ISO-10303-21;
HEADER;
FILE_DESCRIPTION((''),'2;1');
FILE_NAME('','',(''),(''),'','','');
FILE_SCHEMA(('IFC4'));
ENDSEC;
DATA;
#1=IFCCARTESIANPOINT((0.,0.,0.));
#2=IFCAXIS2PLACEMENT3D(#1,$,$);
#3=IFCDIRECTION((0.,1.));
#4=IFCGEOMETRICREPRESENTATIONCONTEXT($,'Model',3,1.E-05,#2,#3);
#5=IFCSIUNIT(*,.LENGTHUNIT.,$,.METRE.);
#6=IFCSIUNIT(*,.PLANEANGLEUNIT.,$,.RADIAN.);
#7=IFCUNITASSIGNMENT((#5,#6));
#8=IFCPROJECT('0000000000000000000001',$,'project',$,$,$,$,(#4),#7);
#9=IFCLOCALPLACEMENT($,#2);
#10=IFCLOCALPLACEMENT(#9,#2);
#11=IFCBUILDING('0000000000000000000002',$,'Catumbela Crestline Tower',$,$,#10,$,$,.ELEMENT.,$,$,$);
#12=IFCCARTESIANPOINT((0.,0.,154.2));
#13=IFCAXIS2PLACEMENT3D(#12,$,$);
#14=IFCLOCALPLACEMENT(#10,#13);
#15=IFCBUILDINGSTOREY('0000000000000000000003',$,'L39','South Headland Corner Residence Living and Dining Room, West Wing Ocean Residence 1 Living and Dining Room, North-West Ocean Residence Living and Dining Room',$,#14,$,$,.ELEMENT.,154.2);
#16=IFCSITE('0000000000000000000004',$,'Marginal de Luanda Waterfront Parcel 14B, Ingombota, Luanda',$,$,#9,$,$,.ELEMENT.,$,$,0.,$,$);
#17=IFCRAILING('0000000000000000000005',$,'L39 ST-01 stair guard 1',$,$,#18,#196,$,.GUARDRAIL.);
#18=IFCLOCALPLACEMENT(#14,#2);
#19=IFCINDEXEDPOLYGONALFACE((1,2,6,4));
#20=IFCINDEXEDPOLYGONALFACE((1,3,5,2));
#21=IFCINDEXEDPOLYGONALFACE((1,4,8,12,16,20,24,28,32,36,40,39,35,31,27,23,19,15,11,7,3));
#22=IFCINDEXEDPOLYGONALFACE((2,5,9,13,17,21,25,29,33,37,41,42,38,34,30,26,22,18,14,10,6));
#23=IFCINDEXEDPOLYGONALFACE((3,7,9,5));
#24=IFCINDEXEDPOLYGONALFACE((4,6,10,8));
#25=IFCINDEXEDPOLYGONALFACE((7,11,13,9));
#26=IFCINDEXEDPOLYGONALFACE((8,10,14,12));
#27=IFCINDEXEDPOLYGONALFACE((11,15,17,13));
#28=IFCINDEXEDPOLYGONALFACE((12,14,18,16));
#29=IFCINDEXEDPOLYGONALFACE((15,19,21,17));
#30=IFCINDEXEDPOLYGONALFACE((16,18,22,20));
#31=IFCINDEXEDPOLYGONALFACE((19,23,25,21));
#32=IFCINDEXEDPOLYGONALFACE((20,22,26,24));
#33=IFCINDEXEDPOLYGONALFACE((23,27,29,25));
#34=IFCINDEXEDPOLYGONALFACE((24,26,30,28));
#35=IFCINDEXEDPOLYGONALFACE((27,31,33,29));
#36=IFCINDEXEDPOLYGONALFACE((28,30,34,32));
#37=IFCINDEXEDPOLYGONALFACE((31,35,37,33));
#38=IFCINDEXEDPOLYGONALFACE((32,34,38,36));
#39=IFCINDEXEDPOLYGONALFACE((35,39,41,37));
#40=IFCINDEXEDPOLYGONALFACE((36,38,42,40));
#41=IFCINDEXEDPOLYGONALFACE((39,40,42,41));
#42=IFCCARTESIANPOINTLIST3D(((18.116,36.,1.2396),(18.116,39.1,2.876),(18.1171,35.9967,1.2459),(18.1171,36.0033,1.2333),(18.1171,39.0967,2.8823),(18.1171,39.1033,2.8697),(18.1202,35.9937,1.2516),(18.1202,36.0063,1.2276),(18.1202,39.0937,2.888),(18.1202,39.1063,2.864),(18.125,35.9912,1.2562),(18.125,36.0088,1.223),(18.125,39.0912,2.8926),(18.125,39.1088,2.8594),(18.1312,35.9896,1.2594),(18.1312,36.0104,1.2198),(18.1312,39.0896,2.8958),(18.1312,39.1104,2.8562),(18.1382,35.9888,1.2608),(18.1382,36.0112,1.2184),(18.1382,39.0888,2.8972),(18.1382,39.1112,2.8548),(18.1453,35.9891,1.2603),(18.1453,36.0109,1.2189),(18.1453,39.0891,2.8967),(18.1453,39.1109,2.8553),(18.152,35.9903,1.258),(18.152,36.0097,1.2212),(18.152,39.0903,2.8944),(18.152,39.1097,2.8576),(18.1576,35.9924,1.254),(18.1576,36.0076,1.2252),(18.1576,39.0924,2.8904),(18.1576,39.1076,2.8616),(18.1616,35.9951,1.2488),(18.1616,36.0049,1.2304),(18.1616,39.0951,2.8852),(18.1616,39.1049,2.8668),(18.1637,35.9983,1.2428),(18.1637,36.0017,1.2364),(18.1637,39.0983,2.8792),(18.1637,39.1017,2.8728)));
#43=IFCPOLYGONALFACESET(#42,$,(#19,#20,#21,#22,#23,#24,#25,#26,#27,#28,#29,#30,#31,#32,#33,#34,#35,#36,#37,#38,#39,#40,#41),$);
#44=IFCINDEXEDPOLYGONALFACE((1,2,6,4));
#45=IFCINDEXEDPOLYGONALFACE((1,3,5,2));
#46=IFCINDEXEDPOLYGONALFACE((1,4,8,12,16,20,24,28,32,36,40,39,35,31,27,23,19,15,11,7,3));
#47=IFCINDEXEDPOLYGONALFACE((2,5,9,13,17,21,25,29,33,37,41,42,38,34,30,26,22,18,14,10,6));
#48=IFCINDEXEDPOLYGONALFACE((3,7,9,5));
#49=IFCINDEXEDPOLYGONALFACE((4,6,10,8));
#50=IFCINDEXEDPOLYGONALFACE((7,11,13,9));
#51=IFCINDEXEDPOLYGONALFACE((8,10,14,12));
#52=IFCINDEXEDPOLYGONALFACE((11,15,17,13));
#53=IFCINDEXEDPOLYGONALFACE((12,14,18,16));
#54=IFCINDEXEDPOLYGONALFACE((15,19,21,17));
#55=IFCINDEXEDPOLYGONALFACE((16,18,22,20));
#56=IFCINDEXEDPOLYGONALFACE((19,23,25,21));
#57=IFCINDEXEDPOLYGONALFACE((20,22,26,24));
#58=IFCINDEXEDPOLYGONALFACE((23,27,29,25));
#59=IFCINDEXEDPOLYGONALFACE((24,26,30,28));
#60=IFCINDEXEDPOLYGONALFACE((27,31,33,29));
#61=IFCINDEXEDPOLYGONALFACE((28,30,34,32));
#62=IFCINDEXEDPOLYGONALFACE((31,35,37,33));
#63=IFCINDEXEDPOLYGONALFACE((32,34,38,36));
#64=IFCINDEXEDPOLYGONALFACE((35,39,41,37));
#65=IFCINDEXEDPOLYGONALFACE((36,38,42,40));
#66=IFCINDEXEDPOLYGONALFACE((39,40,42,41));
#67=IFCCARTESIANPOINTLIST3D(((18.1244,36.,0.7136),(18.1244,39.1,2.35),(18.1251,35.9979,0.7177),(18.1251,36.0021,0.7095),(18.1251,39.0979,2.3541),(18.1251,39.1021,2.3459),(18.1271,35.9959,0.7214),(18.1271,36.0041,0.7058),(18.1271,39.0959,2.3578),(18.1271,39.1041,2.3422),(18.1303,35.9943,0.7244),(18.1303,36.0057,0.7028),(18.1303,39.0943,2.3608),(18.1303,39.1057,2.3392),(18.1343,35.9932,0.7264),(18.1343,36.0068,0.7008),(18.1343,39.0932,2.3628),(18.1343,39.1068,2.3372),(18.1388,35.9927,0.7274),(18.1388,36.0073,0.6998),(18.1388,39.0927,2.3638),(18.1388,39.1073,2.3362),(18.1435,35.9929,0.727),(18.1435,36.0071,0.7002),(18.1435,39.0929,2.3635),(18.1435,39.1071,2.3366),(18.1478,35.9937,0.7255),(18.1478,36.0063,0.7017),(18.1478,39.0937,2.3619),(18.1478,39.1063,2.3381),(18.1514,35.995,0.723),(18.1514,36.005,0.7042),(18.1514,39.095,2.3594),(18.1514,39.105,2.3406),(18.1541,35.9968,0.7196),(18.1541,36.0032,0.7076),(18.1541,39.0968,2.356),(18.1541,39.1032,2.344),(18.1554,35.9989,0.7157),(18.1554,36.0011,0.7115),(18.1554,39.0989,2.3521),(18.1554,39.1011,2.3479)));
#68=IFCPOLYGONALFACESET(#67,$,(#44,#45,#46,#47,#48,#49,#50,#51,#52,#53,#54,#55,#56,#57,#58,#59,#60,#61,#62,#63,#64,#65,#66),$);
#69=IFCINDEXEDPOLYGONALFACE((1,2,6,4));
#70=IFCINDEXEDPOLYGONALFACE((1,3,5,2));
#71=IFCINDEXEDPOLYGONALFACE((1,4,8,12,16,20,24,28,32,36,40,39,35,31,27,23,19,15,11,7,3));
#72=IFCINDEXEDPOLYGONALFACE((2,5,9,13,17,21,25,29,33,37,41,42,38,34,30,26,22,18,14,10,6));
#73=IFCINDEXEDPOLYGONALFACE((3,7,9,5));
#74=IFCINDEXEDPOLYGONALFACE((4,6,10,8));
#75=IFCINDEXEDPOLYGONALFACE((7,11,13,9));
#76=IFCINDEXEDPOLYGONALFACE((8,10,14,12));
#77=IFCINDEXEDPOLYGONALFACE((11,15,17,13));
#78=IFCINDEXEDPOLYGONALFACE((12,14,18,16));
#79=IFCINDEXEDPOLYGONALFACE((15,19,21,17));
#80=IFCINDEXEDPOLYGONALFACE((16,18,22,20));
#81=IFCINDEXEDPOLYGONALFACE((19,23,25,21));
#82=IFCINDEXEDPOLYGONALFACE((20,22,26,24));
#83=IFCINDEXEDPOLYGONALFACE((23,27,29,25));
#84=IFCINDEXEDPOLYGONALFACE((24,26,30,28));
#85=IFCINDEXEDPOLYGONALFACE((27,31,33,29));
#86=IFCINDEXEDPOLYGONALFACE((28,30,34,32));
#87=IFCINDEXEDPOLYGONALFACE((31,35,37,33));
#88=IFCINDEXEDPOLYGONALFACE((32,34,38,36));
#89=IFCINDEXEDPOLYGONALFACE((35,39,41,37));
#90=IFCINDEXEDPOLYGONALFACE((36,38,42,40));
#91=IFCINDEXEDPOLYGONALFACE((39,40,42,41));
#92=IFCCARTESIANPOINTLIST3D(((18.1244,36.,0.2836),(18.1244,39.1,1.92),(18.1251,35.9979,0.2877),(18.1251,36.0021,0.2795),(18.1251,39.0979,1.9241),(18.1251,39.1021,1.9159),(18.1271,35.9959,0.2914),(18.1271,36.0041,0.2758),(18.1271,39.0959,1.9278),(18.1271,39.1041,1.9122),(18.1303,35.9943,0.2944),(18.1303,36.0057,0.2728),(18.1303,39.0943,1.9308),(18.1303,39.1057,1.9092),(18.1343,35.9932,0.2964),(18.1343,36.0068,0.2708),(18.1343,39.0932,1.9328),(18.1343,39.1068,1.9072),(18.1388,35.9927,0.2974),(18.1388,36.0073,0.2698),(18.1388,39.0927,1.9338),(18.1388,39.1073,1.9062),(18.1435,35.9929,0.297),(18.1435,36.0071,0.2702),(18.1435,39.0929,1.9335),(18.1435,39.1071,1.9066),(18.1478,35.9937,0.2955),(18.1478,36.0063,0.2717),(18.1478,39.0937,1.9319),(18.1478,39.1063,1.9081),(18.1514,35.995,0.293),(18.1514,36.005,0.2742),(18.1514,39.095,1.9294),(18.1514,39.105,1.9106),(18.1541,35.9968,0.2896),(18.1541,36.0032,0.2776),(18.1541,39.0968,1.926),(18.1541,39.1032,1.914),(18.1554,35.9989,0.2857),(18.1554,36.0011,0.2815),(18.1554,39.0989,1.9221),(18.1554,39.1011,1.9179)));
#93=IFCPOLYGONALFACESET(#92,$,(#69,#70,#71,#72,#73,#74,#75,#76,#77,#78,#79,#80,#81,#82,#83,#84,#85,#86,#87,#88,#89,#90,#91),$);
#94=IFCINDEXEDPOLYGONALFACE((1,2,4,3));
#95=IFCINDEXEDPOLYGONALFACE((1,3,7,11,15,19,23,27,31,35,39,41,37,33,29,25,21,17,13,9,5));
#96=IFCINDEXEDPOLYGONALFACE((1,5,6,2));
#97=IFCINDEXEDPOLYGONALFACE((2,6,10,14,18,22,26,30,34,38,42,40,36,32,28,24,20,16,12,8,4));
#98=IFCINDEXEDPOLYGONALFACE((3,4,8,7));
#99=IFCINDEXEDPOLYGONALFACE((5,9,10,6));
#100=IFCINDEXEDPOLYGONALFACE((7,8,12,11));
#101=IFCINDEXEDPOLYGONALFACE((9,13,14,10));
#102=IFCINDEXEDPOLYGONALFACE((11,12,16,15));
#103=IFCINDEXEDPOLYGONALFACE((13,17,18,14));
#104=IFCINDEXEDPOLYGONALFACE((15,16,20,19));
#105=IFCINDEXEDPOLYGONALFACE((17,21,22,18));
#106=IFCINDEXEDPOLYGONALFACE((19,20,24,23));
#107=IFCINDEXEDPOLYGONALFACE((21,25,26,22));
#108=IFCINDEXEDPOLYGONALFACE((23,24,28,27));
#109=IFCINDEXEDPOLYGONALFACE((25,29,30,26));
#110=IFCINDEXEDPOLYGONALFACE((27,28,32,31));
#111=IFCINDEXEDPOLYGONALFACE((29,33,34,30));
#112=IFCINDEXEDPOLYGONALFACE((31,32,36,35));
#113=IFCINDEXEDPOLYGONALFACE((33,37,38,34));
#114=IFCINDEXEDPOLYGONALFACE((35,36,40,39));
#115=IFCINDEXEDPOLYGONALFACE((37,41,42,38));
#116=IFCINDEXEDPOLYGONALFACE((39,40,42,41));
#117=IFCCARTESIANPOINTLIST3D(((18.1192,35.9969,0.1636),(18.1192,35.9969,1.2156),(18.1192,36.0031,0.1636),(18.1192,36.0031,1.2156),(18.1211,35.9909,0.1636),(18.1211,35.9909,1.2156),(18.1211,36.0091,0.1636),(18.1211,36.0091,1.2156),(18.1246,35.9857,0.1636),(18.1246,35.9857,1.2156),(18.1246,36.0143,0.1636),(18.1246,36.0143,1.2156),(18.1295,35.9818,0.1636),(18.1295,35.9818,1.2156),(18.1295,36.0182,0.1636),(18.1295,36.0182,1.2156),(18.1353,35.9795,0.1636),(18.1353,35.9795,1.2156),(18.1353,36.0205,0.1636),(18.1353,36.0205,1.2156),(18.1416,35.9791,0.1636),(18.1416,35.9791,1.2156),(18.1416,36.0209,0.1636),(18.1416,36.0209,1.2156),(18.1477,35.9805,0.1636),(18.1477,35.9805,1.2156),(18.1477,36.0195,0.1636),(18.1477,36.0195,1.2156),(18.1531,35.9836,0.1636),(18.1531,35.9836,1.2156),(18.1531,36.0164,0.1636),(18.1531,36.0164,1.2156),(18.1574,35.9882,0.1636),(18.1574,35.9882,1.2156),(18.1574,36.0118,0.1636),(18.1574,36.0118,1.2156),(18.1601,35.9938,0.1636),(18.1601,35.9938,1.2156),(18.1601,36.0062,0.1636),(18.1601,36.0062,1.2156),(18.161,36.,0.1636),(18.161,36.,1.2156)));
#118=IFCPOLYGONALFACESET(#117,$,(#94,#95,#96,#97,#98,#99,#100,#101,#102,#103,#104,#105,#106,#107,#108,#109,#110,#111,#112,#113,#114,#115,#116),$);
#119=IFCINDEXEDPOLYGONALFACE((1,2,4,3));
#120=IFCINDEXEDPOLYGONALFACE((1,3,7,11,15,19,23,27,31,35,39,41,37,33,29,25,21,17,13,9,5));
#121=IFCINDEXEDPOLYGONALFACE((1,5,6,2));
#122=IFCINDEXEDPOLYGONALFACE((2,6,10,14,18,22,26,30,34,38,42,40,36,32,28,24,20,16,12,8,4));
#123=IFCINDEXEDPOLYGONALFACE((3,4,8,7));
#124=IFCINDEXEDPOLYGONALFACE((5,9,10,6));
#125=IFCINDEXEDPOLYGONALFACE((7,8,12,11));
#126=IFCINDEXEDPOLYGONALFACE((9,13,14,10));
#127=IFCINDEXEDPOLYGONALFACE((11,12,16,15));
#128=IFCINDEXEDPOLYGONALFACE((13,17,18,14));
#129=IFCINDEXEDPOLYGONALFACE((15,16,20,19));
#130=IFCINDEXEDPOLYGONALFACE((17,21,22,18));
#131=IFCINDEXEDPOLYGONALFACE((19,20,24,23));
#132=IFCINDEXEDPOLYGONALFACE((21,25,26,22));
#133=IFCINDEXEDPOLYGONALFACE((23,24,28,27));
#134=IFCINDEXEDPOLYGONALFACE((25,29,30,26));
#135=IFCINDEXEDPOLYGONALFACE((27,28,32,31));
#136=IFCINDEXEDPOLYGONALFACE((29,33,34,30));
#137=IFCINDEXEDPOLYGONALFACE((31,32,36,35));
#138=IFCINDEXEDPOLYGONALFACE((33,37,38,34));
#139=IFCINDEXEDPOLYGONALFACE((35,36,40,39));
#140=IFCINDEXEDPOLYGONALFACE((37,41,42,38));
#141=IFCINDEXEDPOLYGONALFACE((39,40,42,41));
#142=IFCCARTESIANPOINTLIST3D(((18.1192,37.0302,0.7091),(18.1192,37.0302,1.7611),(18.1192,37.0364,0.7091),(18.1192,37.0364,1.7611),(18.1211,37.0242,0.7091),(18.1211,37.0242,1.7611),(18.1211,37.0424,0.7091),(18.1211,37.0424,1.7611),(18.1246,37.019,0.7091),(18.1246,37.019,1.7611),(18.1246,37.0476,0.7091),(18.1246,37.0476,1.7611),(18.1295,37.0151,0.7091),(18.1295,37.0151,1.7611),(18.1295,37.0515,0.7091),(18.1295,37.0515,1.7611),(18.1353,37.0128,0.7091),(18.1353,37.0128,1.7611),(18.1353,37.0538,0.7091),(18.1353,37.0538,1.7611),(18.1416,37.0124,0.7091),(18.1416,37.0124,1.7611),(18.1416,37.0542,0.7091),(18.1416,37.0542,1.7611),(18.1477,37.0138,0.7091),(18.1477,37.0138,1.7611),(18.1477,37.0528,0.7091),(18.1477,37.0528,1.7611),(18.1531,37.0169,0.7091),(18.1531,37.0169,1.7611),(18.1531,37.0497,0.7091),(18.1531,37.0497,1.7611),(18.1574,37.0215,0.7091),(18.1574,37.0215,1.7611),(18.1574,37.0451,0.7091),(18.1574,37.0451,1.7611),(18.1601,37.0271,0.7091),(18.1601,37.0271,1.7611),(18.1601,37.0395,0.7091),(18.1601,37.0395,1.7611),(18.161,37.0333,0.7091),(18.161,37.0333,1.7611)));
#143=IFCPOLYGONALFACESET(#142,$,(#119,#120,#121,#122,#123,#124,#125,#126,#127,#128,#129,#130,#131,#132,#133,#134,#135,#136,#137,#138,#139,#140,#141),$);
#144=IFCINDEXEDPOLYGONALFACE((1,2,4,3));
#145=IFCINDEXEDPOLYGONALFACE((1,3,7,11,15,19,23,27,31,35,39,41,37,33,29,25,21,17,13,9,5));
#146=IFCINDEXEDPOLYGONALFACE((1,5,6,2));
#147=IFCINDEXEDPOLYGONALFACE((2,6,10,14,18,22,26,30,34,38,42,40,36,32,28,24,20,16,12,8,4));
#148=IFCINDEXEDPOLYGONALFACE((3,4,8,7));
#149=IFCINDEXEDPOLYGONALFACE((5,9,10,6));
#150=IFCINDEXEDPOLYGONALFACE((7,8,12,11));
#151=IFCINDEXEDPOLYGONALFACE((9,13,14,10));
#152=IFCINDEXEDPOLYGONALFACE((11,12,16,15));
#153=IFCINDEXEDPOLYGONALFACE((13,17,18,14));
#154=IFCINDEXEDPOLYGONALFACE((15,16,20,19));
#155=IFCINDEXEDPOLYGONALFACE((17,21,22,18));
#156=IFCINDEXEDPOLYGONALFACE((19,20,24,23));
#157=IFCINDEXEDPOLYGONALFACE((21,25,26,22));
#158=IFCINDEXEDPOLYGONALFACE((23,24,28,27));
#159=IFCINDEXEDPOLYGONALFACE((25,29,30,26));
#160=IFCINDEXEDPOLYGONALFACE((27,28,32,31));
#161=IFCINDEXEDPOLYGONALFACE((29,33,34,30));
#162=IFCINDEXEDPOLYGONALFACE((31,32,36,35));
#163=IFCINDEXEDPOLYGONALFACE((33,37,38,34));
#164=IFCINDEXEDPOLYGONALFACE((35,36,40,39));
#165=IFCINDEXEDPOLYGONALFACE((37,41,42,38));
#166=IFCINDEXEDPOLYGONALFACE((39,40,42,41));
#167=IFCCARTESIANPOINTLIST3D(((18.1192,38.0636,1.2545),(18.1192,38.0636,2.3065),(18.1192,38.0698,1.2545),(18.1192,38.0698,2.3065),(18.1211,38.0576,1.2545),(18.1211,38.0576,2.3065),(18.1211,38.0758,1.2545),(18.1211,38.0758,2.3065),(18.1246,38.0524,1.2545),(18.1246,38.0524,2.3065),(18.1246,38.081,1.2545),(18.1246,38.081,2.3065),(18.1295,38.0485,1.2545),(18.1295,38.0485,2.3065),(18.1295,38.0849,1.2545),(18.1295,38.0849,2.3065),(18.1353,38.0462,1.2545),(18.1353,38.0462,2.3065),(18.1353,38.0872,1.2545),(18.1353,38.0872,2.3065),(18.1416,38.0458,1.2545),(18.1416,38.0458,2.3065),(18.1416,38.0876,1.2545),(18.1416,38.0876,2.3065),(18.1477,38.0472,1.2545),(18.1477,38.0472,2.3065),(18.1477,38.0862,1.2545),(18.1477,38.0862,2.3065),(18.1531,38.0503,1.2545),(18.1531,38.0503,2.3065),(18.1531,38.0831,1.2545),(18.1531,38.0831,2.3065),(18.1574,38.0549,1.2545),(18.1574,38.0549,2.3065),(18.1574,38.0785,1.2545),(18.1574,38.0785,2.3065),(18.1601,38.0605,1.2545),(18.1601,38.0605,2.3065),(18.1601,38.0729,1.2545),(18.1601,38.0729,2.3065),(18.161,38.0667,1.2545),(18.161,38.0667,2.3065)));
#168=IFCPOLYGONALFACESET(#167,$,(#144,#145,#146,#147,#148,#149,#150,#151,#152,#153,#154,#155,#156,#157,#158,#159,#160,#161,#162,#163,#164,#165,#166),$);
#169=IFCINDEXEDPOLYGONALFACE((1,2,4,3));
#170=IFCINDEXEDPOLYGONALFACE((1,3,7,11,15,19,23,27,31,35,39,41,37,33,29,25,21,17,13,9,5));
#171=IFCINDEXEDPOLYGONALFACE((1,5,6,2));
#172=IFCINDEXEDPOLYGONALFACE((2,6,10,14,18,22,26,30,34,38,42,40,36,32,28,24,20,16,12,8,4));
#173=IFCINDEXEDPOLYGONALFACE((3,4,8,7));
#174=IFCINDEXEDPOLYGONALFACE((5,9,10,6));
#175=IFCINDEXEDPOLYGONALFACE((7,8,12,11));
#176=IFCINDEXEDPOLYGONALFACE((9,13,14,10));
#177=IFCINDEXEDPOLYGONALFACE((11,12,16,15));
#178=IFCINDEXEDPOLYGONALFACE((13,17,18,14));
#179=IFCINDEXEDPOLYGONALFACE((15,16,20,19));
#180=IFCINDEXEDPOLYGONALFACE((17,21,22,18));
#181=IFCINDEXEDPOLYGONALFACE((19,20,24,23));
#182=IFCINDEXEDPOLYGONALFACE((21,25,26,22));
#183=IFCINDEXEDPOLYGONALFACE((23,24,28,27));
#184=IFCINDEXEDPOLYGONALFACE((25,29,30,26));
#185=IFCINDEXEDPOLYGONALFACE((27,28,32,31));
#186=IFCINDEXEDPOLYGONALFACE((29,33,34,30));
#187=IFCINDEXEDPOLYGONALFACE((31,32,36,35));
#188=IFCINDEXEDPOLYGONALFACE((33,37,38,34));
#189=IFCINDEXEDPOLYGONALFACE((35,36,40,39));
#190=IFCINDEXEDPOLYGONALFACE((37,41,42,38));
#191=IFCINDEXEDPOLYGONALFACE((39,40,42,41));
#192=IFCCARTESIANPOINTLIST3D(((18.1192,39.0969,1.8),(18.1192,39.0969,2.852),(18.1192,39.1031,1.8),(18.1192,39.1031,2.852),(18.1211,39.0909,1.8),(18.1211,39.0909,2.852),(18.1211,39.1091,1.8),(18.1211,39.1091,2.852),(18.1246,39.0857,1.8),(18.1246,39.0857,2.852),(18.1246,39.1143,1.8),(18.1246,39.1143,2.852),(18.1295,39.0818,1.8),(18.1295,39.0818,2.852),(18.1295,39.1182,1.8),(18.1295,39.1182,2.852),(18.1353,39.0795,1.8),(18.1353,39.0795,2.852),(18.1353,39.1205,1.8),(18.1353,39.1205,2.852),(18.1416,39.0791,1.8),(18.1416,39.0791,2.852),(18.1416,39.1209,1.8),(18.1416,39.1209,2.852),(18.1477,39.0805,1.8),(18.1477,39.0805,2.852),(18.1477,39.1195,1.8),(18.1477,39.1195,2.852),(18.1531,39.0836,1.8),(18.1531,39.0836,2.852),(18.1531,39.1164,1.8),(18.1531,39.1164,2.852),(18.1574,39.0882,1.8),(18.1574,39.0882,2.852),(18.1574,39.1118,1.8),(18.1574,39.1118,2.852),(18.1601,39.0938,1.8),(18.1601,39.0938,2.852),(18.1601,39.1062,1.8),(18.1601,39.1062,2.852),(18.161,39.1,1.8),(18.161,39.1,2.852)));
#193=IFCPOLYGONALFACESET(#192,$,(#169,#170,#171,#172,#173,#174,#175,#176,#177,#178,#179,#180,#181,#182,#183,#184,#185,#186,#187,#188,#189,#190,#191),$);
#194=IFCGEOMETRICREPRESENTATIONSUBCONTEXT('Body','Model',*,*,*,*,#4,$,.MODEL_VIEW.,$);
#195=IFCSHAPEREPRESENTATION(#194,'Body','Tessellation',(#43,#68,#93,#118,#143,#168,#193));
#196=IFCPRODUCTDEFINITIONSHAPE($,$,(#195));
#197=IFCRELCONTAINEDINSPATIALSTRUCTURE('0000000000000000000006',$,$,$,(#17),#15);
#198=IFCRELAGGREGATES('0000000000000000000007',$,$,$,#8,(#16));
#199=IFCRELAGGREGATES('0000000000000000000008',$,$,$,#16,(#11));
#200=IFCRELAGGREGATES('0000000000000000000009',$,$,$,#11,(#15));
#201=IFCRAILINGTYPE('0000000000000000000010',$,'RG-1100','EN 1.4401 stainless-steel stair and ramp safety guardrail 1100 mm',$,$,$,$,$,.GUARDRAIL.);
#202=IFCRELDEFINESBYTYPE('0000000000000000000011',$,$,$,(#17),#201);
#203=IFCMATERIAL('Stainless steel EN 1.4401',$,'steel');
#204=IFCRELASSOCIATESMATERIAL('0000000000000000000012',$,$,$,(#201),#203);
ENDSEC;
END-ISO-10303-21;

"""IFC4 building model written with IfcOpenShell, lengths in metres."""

from ifc_helpers import new_model, si_unit, direction, frame, origin, origin_2d, place, context, subcontext, project, spatial, circle, extrude, material, type_object, element, save


model = new_model("IFC4")

# Units and contexts
model_context = context("Model", 3, precision=1e-05, world=origin(), true_north=direction((0.0, 1.0)))
body_context = subcontext(model_context, "Body", "Model", "MODEL_VIEW")
ifc_project = project(units=[si_unit("LENGTHUNIT", "METRE"), si_unit("PLANEANGLEUNIT", "RADIAN")], contexts=[model_context])

# Site, building, storey
site_placement = place(None, origin())
site = spatial("IfcSite", under=ifc_project, at=site_placement, Name="Marginal de Luanda Waterfront Parcel 14B, Ingombota, Luanda", CompositionType="ELEMENT", RefElevation=0.0)
building_placement = place(site_placement, origin())
building = spatial("IfcBuilding", under=site, at=building_placement, Name="Catumbela Crestline Tower", CompositionType="ELEMENT")
storey_placement = place(building_placement, frame((0.0, 0.0, 154.2)))
storey = spatial("IfcBuildingStorey", under=building, at=storey_placement, Name="L39", Description="South Headland Corner Residence Living and Dining Room, West Wing Ocean Residence 1 Living and Dining Room, North-West Ocean Residence Living and Dining Room", CompositionType="ELEMENT", Elevation=154.2)

# Shared definitions
ifc_material_1 = material(Name="Stainless steel EN 1.4401", Category="steel")

# Railing
railing_type_1 = type_object("IfcRailingType", Name="RG-1100", Description="EN 1.4401 stainless-steel stair and ramp safety guardrail 1100 mm", PredefinedType="GUARDRAIL", material=ifc_material_1)
railing_1_placement = place(storey_placement, frame((18.14, 36.0, 0.1636)))
element("IfcRailing", 1, at=railing_1_placement, inside=storey, type_object=railing_type_1, Name="L39 ST-01 stair guard 1", PredefinedType="GUARDRAIL", context=body_context, shape_type="SweptSolid", body=[
    extrude(circle(Radius=0.024, at=origin_2d()), frame((0.0, 0.0, 1.076), z_axis=(0.0, 0.884351, 0.466823), x_axis=(-1.0, 0.0, 0.0)), (0.0, 0.0, 1.0), 3.5054),
    extrude(circle(Radius=0.0156, at=origin_2d()), frame((0.0, 0.0, 0.55), z_axis=(0.0, 0.884351, 0.466823), x_axis=(-1.0, 0.0, 0.0)), (0.0, 0.0, 1.0), 3.5054),
    extrude(circle(Radius=0.0156, at=origin_2d()), frame((0.0, 0.0, 0.12), z_axis=(0.0, 0.884351, 0.466823), x_axis=(-1.0, 0.0, 0.0)), (0.0, 0.0, 1.0), 3.5054),
    extrude(circle(Radius=0.021, at=origin_2d()), origin(), (0.0, 0.0, 1.0), 1.052),
    extrude(circle(Radius=0.021, at=origin_2d()), frame((0.0, 1.0333, 0.5455)), (0.0, 0.0, 1.0), 1.052),
    extrude(circle(Radius=0.021, at=origin_2d()), frame((0.0, 2.0667, 1.0909)), (0.0, 0.0, 1.0), 1.052),
    extrude(circle(Radius=0.021, at=origin_2d()), frame((0.0, 3.1, 1.6364)), (0.0, 0.0, 1.0), 1.052),
])

save(model, "model.ifc")
